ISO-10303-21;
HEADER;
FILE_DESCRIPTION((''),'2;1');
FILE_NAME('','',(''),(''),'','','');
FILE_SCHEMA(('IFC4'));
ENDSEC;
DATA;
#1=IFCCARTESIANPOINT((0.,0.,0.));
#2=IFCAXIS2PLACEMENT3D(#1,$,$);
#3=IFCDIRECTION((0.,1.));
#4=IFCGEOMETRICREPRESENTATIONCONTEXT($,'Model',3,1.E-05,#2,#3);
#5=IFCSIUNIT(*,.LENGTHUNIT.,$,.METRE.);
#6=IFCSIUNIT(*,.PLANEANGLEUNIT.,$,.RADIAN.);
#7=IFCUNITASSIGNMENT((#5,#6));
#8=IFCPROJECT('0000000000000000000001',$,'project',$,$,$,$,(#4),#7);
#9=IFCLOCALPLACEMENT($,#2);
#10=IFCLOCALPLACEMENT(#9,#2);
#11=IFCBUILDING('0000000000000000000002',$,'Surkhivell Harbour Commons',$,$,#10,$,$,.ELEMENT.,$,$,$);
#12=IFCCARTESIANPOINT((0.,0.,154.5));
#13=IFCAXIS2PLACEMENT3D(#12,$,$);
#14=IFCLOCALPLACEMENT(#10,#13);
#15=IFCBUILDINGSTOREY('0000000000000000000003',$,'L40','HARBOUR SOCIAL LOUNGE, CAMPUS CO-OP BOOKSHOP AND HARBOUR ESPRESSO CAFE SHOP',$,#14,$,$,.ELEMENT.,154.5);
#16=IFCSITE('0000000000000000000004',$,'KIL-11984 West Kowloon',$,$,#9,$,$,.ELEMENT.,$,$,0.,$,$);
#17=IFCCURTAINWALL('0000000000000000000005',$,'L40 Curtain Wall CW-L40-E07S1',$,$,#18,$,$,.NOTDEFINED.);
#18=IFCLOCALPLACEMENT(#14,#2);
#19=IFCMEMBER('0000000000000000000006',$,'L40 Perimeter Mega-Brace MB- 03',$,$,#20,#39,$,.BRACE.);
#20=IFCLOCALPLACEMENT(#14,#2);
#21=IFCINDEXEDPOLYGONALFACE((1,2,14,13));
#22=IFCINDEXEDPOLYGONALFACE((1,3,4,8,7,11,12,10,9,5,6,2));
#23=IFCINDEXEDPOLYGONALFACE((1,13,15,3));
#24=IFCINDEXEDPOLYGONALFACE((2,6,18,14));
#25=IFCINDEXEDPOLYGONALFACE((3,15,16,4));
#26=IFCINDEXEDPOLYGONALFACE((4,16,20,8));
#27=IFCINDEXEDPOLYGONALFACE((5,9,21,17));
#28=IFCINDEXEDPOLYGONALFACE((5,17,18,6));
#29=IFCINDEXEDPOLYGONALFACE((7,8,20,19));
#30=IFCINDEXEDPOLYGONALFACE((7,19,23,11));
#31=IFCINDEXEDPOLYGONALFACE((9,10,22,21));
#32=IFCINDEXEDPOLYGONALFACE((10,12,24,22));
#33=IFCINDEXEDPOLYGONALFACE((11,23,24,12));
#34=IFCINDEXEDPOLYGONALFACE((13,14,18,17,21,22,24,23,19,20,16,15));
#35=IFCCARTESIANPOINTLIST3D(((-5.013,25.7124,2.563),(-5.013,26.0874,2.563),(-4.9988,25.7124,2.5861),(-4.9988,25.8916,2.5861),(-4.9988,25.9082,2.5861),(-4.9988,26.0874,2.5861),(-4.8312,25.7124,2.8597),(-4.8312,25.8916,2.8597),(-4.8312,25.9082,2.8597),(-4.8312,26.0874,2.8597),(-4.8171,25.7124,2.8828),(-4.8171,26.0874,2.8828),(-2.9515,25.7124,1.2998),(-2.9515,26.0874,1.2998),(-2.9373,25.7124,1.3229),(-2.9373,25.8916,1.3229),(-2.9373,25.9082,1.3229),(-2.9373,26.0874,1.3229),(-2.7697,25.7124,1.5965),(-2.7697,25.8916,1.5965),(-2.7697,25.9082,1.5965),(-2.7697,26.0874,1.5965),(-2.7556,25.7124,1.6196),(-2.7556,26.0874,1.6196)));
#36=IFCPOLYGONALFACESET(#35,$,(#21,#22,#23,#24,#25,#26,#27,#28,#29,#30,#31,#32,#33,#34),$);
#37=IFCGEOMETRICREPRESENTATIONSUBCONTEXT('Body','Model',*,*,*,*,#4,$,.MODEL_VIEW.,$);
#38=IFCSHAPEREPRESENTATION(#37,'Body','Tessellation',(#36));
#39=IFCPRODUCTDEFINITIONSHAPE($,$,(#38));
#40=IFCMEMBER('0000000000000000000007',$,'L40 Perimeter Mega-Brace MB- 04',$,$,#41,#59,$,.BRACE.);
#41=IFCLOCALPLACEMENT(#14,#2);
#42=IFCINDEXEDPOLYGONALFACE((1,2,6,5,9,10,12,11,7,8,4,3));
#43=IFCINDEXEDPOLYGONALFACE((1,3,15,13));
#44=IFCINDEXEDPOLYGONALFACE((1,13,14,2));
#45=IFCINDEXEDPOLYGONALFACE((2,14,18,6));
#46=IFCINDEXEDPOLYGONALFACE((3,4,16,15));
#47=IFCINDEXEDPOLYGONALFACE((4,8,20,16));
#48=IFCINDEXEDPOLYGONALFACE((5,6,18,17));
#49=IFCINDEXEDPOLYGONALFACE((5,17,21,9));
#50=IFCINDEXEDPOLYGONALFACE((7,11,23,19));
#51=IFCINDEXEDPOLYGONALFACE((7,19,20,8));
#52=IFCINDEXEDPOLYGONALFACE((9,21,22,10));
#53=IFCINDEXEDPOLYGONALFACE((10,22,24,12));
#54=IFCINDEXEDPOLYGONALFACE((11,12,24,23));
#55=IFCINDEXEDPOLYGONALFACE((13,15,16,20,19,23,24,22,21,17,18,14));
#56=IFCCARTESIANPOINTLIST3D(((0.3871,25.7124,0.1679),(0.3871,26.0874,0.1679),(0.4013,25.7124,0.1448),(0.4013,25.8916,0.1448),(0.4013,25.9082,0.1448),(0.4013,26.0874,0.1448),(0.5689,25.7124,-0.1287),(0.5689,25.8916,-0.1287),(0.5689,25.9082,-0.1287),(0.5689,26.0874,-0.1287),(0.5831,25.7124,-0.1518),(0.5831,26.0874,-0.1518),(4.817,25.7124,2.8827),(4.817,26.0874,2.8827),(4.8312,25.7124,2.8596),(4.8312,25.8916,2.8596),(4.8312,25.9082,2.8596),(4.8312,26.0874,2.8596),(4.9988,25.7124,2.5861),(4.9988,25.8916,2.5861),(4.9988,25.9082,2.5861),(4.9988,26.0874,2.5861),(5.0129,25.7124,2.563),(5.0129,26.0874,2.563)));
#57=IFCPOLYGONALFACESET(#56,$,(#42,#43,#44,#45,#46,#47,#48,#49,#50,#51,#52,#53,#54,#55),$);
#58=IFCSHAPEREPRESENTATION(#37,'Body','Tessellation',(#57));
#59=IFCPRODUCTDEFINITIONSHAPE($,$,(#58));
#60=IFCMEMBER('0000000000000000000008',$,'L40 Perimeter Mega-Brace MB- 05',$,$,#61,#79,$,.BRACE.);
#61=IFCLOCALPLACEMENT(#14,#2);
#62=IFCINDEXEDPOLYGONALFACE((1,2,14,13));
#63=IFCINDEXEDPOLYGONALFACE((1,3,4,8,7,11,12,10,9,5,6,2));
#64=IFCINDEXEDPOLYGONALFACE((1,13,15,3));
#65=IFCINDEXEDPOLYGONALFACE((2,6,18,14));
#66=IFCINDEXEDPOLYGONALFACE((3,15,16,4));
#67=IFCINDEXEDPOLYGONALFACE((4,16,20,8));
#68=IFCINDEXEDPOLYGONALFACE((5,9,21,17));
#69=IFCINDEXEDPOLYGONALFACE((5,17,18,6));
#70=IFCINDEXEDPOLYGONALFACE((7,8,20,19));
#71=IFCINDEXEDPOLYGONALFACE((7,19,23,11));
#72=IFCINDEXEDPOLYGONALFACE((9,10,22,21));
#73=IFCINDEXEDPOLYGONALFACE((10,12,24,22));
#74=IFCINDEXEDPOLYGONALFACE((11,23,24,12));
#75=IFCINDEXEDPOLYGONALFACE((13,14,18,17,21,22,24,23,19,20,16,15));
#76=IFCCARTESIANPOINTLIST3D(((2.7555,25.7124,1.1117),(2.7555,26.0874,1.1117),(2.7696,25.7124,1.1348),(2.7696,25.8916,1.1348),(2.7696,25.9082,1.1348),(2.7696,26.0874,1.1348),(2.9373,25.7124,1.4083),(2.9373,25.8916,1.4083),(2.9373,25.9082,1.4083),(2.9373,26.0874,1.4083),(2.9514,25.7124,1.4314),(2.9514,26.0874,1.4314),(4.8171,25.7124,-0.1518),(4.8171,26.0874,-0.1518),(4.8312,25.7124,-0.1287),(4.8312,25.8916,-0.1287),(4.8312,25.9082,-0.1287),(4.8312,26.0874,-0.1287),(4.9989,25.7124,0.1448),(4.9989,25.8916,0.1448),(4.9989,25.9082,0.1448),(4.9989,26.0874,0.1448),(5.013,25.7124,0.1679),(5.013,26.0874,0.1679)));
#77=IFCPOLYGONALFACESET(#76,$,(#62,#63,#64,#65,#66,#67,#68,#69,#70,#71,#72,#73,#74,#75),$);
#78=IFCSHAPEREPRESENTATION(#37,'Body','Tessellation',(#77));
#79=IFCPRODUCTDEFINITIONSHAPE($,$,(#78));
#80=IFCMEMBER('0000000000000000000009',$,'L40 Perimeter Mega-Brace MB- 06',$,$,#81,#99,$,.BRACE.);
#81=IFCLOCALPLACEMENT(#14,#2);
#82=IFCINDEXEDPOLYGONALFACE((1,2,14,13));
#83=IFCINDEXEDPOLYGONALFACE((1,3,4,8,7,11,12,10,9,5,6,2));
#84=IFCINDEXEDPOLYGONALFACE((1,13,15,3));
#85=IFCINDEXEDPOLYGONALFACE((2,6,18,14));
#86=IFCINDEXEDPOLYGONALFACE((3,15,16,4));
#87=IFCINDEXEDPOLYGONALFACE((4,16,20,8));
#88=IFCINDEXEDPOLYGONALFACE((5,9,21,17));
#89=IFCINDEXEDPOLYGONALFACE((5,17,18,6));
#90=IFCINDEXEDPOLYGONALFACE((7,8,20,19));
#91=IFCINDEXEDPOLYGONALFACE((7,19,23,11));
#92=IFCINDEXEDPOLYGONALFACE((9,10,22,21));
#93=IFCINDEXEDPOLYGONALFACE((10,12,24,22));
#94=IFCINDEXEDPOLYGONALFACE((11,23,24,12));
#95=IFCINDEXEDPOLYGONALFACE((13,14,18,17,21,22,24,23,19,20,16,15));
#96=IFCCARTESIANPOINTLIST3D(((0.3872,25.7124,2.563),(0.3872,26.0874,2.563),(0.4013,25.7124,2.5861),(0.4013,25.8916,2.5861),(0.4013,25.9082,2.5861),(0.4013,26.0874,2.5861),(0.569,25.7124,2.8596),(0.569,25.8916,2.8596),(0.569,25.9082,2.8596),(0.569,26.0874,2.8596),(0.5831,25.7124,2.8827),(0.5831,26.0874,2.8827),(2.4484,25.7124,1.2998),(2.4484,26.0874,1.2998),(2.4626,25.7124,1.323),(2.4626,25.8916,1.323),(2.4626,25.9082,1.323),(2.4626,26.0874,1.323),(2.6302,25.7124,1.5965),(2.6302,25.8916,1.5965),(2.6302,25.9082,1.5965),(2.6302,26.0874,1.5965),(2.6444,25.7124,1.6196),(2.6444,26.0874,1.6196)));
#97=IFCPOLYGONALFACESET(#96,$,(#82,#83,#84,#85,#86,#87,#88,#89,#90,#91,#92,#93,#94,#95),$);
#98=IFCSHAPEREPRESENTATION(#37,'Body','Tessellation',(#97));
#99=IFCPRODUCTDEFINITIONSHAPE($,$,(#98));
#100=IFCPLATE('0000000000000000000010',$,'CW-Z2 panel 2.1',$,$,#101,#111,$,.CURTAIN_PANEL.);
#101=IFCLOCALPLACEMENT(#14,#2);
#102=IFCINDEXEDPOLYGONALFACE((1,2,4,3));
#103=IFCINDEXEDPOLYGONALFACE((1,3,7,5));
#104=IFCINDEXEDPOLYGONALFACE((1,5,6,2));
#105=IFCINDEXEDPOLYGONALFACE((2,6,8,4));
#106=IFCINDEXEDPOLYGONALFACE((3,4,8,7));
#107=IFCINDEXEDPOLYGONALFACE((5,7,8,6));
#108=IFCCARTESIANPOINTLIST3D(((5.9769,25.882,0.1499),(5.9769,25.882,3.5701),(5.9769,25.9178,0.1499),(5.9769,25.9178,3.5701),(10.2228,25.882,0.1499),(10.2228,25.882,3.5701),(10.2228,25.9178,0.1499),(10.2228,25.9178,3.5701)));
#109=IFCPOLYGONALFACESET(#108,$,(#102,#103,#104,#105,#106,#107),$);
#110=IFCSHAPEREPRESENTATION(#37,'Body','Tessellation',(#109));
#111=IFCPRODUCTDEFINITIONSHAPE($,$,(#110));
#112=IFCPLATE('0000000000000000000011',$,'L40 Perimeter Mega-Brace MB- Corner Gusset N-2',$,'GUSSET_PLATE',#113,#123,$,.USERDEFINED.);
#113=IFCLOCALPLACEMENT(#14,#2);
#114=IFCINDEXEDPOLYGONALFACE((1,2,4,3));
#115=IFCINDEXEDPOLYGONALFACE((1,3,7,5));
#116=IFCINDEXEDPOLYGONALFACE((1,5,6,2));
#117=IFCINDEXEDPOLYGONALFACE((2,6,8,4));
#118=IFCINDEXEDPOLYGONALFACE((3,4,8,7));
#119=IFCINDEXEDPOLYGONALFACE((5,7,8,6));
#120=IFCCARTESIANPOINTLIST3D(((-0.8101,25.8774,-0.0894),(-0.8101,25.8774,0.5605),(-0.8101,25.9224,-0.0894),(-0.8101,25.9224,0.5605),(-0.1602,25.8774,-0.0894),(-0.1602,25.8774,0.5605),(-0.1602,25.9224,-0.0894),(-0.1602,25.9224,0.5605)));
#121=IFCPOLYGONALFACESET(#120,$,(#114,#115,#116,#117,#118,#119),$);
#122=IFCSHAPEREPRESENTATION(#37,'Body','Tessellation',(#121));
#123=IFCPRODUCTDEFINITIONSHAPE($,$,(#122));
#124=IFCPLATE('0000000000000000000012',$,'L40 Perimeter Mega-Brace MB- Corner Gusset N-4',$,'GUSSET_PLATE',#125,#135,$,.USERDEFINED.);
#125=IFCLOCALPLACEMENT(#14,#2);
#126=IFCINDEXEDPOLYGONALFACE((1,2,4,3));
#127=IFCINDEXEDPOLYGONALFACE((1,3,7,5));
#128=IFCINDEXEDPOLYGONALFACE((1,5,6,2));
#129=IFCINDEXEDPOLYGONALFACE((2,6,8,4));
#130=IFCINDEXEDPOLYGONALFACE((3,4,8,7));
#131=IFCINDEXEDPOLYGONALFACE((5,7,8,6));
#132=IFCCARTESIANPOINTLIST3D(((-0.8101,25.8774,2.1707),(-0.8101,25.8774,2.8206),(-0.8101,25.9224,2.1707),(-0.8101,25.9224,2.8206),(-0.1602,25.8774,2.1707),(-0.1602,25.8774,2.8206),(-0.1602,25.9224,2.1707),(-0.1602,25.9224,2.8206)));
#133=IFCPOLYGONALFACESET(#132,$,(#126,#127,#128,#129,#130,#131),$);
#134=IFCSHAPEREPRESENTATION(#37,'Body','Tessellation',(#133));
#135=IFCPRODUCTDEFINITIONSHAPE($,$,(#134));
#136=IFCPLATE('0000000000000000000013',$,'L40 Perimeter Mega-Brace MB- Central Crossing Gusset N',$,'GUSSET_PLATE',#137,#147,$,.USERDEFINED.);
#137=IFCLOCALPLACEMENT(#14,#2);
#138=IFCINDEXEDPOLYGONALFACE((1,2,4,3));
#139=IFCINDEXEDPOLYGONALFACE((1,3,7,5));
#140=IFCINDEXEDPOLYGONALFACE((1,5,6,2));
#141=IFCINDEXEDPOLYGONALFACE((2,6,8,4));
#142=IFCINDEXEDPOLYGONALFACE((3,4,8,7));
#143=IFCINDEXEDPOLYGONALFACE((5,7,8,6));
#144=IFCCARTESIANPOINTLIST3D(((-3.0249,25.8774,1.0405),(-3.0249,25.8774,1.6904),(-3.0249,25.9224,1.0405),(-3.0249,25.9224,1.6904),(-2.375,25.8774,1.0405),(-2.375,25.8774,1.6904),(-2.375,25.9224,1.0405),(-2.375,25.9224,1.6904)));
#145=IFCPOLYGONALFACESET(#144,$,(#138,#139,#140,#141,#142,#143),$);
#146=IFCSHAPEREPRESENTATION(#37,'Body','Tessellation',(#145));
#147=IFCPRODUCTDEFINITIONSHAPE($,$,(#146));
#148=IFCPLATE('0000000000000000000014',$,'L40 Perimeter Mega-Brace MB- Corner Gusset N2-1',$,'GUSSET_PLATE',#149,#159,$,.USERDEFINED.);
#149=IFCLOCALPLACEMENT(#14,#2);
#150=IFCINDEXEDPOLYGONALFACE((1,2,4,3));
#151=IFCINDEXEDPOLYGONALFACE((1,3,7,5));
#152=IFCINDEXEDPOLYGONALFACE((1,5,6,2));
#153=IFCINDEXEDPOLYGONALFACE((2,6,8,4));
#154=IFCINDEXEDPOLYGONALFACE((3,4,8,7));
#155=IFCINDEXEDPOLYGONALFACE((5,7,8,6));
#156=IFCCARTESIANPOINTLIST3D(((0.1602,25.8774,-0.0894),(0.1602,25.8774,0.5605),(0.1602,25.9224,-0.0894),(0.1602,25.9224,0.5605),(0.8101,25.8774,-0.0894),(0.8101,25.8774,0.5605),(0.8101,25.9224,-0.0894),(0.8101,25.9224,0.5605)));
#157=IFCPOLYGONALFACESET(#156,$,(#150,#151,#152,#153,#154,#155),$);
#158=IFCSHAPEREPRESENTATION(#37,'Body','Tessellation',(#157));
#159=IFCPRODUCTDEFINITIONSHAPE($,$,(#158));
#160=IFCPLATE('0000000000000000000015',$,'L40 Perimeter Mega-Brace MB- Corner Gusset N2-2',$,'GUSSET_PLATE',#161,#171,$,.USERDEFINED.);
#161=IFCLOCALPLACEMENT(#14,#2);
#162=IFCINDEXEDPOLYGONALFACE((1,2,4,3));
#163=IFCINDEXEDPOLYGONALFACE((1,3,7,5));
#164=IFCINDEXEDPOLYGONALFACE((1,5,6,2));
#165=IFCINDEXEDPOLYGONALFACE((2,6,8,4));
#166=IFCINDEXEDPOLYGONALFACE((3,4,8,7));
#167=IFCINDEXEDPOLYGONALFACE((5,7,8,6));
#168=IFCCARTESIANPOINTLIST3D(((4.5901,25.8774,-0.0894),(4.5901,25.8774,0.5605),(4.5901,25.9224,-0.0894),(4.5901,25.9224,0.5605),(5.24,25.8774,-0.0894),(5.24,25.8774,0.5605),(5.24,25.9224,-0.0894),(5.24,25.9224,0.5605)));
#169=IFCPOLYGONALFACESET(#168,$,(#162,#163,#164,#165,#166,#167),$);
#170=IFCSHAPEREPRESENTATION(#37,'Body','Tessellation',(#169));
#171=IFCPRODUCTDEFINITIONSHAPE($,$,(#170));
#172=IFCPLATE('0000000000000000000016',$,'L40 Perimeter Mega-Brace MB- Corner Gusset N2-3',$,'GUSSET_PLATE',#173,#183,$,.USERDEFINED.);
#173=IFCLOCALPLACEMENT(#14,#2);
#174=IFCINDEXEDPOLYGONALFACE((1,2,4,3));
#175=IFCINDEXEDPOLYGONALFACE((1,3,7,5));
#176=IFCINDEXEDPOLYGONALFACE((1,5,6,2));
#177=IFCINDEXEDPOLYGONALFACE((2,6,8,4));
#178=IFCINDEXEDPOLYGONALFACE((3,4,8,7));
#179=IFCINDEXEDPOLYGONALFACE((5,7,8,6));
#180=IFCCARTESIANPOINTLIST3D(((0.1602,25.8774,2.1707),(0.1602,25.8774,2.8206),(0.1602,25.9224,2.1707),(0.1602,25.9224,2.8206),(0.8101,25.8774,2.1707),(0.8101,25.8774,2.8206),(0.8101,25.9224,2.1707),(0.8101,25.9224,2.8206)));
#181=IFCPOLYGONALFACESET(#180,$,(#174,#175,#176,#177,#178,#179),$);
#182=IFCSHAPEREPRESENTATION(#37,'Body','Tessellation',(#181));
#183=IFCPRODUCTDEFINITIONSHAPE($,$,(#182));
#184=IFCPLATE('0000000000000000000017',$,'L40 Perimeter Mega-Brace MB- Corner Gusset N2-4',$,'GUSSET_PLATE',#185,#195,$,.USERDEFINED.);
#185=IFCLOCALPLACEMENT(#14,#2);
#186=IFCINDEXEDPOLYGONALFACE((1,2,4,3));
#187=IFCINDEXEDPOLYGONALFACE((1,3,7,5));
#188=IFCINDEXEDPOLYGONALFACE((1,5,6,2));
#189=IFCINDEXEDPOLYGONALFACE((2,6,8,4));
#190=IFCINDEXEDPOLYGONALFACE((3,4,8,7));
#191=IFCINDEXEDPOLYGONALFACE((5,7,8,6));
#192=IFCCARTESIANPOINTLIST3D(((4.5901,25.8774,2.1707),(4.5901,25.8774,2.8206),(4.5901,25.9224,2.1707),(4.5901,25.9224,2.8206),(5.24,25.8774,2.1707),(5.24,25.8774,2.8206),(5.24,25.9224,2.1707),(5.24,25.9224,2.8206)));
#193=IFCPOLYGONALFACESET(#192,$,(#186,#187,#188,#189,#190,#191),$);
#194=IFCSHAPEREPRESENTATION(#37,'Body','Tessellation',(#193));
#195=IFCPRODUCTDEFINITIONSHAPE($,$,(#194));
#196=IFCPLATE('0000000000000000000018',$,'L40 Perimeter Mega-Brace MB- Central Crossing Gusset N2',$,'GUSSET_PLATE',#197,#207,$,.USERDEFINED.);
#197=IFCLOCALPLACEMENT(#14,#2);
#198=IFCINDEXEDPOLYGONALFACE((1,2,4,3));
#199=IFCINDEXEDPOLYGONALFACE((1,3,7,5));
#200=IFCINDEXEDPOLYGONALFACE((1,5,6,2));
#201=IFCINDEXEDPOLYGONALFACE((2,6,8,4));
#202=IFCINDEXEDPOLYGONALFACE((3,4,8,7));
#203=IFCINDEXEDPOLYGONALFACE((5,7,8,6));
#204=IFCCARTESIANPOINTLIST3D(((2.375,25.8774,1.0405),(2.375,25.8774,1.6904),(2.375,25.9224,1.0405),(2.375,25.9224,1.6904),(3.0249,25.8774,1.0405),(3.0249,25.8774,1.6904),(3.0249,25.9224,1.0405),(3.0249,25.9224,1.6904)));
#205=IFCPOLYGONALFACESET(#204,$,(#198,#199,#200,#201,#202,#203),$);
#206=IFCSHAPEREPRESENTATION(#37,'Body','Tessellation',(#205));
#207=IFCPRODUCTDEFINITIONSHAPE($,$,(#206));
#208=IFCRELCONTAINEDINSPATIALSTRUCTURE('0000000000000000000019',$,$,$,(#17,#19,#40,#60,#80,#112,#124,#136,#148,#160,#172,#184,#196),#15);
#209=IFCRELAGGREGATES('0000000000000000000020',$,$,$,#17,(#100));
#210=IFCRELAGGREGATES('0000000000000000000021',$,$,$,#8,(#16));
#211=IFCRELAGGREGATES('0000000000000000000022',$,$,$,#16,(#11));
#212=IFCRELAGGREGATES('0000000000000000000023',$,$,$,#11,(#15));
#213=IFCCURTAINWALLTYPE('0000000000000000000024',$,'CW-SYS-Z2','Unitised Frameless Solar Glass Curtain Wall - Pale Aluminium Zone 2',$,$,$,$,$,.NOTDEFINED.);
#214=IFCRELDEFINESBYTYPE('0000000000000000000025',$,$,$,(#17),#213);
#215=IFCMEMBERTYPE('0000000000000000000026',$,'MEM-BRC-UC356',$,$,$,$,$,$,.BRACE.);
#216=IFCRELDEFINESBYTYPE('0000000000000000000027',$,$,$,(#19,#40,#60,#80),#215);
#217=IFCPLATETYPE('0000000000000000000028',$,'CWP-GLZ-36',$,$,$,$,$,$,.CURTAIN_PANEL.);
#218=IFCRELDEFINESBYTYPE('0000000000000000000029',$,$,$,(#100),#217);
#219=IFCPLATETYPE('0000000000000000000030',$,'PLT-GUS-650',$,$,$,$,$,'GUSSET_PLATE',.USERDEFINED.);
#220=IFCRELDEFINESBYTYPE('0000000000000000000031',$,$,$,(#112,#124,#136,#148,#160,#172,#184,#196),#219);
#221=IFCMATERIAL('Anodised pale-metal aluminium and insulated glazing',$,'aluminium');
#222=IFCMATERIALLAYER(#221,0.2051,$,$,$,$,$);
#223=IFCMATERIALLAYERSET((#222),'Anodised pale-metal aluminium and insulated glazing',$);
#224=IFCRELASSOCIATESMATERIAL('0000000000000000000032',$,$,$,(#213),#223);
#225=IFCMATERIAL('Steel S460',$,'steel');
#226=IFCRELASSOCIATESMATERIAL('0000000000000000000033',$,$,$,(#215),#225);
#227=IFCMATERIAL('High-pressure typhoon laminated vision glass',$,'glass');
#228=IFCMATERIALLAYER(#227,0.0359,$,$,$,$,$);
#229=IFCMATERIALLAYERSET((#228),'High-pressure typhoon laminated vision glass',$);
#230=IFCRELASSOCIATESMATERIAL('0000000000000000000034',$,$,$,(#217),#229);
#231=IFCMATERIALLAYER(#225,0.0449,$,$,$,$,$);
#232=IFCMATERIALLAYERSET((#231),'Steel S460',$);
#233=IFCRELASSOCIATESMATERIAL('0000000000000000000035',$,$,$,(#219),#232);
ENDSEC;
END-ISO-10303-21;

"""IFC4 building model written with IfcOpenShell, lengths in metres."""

from ifc_helpers import new_model, si_unit, direction, frame, frame_2d, origin, origin_2d, place, context, subcontext, project, spatial, rectangle, i_section, extrude, material, layer, layer_set, material_profile, profile_set, type_object, element, aggregate, save


model = new_model("IFC4")

# Units and contexts
model_context = context("Model", 3, precision=1e-05, world=origin(), true_north=direction((0.0, 1.0)))
body_context = subcontext(model_context, "Body", "Model", "MODEL_VIEW")
ifc_project = project(units=[si_unit("LENGTHUNIT", "METRE"), si_unit("PLANEANGLEUNIT", "RADIAN")], contexts=[model_context])

# Site, building, storey
site_placement = place(None, origin())
site = spatial("IfcSite", under=ifc_project, at=site_placement, Name="KIL-11984 West Kowloon", CompositionType="ELEMENT", RefElevation=0.0)
building_placement = place(site_placement, origin())
building = spatial("IfcBuilding", under=site, at=building_placement, Name="Surkhivell Harbour Commons", CompositionType="ELEMENT")
storey_placement = place(building_placement, frame((0.0, 0.0, 154.5)))
storey = spatial("IfcBuildingStorey", under=building, at=storey_placement, Name="L40", Description="HARBOUR SOCIAL LOUNGE, CAMPUS CO-OP BOOKSHOP AND HARBOUR ESPRESSO CAFE SHOP", CompositionType="ELEMENT", Elevation=154.5)

# Shared definitions
ifc_material_1 = material(Name="Steel S460", Category="steel")

# Curtain wall
ifc_material_2 = material(Name="Anodised pale-metal aluminium and insulated glazing", Category="aluminium")
ifc_layer_1 = layer(ifc_material_2, 0.2051)
ifc_layer_set_1 = layer_set([ifc_layer_1], Name="Anodised pale-metal aluminium and insulated glazing")
curtain_wall_type = type_object("IfcCurtainWallType", Name="CW-SYS-Z2", Description="Unitised Frameless Solar Glass Curtain Wall - Pale Aluminium Zone 2", PredefinedType="NOTDEFINED", material=ifc_layer_set_1)
curtain_wall_placement = place(storey_placement, origin())
curtain_wall = element("IfcCurtainWall", 1, at=curtain_wall_placement, inside=storey, type_object=curtain_wall_type, Name="L40 Curtain Wall CW-L40-E07S1", PredefinedType="NOTDEFINED")

# Members
ifc_material_profile_1 = material_profile(ifc_material_1, i_section(OverallWidth=0.375, OverallDepth=0.375, WebThickness=0.0166, FlangeThickness=0.0271, at=origin_2d()), Name="UC356x368x202")
ifc_profile_set_1 = profile_set([ifc_material_profile_1], Name="Steel S460")
member_type_1 = type_object("IfcMemberType", Name="MEM-BRC-UC356", PredefinedType="BRACE", material=ifc_profile_set_1)
for number, where, z_axis, x_axis, name in (
    (2, (-2.8535, 25.8999, 1.4597), (-0.852662, 0.0, 0.522463), (0.0, -1.0, 0.0), "L40 Perimeter Mega-Brace MB- 03"),
):
    element("IfcMember", number, at=place(storey_placement, frame(where, z_axis=z_axis, x_axis=x_axis)), inside=storey, type_object=member_type_1, Name=name, PredefinedType="BRACE", context=body_context, shape_type="SweptSolid", body=[
        extrude(i_section(OverallWidth=0.375, OverallDepth=0.375, WebThickness=0.0166, FlangeThickness=0.0271, at=origin_2d()), origin(), (0.0, 0.0, 1.0), 2.4177),
    ])
member_1_placement = place(storey_placement, frame((0.4851, 25.8999, 0.0081), z_axis=(0.852625, 0.0, 0.522523), x_axis=(0.0, 1.0, 0.0)))
element("IfcMember", 3, at=member_1_placement, inside=storey, type_object=member_type_1, Name="L40 Perimeter Mega-Brace MB- 04", PredefinedType="BRACE", context=body_context, shape_type="SweptSolid", body=[
    extrude(i_section(OverallWidth=0.375, OverallDepth=0.375, WebThickness=0.0166, FlangeThickness=0.0271, at=origin_2d()), origin(), (0.0, 0.0, 1.0), 5.1956),
])
member_2_placement = place(storey_placement, frame((4.915, 25.8999, 0.0081), z_axis=(-0.852617, 0.0, 0.522536), x_axis=(0.0, -1.0, 0.0)))
element("IfcMember", 4, at=member_2_placement, inside=storey, type_object=member_type_1, Name="L40 Perimeter Mega-Brace MB- 05", PredefinedType="BRACE", context=body_context, shape_type="SweptSolid", body=[
    extrude(i_section(OverallWidth=0.375, OverallDepth=0.375, WebThickness=0.0166, FlangeThickness=0.0271, at=origin_2d()), origin(), (0.0, 0.0, 1.0), 2.418),
])
member_3_placement = place(storey_placement, frame((2.5464, 25.8999, 1.4597), z_axis=(-0.852635, 0.0, 0.522508), x_axis=(0.0, -1.0, 0.0)))
element("IfcMember", 5, at=member_3_placement, inside=storey, type_object=member_type_1, Name="L40 Perimeter Mega-Brace MB- 06", PredefinedType="BRACE", context=body_context, shape_type="SweptSolid", body=[
    extrude(i_section(OverallWidth=0.375, OverallDepth=0.375, WebThickness=0.0166, FlangeThickness=0.0271, at=origin_2d()), origin(), (0.0, 0.0, 1.0), 2.4175),
])

# Plate
ifc_material_3 = material(Name="High-pressure typhoon laminated vision glass", Category="glass")
ifc_layer_2 = layer(ifc_material_3, 0.0359)
ifc_layer_set_2 = layer_set([ifc_layer_2], Name="High-pressure typhoon laminated vision glass")
plate_type_1 = type_object("IfcPlateType", Name="CWP-GLZ-36", PredefinedType="CURTAIN_PANEL", material=ifc_layer_set_2)
plate_placement = place(storey_placement, frame((10.2229, 25.8999, 0.1499), z_axis=(0.0, 0.0, 1.0), x_axis=(-1.0, 0.0, 0.0)))
plate = element("IfcPlate", 6, at=plate_placement, type_object=plate_type_1, Name="CW-Z2 panel 2.1", PredefinedType="CURTAIN_PANEL", context=body_context, shape_type="SweptSolid", body=[
    extrude(rectangle(XDim=4.2458, YDim=0.0359, at=frame_2d((2.123, 0.0))), origin(), (0.0, 0.0, 1.0), 3.4202),
])
aggregate(curtain_wall, [plate])

# Plates
ifc_layer_3 = layer(ifc_material_1, 0.0449)
ifc_layer_set_3 = layer_set([ifc_layer_3], Name="Steel S460")
plate_type_2 = type_object("IfcPlateType", Name="PLT-GUS-650", ElementType="GUSSET_PLATE", PredefinedType="USERDEFINED", material=ifc_layer_set_3)
for number, where, z_axis, x_axis, name in (
    (7, (-0.4851, 25.8999, -0.0894), (0.0, 0.0, 1.0), (1.0, 0.0, 0.0), "L40 Perimeter Mega-Brace MB- Corner Gusset N-2"),
    (8, (-0.4851, 25.8999, 2.1707), (0.0, 0.0, 1.0), (1.0, 0.0, 0.0), "L40 Perimeter Mega-Brace MB- Corner Gusset N-4"),
    (9, (-2.7, 25.8999, 1.0405), (0.0, 0.0, 1.0), (1.0, 0.0, 0.0), "L40 Perimeter Mega-Brace MB- Central Crossing Gusset N"),
    (10, (0.4851, 25.8999, -0.0894), (0.0, 0.0, 1.0), (1.0, 0.0, 0.0), "L40 Perimeter Mega-Brace MB- Corner Gusset N2-1"),
    (11, (4.915, 25.8999, -0.0894), (0.0, 0.0, 1.0), (1.0, 0.0, 0.0), "L40 Perimeter Mega-Brace MB- Corner Gusset N2-2"),
    (12, (0.4851, 25.8999, 2.1707), (0.0, 0.0, 1.0), (1.0, 0.0, 0.0), "L40 Perimeter Mega-Brace MB- Corner Gusset N2-3"),
    (13, (4.915, 25.8999, 2.1707), (0.0, 0.0, 1.0), (1.0, 0.0, 0.0), "L40 Perimeter Mega-Brace MB- Corner Gusset N2-4"),
    (14, (2.7, 25.8999, 1.0405), (0.0, 0.0, 1.0), (1.0, 0.0, 0.0), "L40 Perimeter Mega-Brace MB- Central Crossing Gusset N2"),
):
    element("IfcPlate", number, at=place(storey_placement, frame(where, z_axis=z_axis, x_axis=x_axis)), inside=storey, type_object=plate_type_2, Name=name, ObjectType="GUSSET_PLATE", PredefinedType="USERDEFINED", context=body_context, shape_type="SweptSolid", body=[
        extrude(rectangle(XDim=0.6499, YDim=0.0449, at=origin_2d()), origin(), (0.0, 0.0, 1.0), 0.6499),
    ])

save(model, "model.ifc")
